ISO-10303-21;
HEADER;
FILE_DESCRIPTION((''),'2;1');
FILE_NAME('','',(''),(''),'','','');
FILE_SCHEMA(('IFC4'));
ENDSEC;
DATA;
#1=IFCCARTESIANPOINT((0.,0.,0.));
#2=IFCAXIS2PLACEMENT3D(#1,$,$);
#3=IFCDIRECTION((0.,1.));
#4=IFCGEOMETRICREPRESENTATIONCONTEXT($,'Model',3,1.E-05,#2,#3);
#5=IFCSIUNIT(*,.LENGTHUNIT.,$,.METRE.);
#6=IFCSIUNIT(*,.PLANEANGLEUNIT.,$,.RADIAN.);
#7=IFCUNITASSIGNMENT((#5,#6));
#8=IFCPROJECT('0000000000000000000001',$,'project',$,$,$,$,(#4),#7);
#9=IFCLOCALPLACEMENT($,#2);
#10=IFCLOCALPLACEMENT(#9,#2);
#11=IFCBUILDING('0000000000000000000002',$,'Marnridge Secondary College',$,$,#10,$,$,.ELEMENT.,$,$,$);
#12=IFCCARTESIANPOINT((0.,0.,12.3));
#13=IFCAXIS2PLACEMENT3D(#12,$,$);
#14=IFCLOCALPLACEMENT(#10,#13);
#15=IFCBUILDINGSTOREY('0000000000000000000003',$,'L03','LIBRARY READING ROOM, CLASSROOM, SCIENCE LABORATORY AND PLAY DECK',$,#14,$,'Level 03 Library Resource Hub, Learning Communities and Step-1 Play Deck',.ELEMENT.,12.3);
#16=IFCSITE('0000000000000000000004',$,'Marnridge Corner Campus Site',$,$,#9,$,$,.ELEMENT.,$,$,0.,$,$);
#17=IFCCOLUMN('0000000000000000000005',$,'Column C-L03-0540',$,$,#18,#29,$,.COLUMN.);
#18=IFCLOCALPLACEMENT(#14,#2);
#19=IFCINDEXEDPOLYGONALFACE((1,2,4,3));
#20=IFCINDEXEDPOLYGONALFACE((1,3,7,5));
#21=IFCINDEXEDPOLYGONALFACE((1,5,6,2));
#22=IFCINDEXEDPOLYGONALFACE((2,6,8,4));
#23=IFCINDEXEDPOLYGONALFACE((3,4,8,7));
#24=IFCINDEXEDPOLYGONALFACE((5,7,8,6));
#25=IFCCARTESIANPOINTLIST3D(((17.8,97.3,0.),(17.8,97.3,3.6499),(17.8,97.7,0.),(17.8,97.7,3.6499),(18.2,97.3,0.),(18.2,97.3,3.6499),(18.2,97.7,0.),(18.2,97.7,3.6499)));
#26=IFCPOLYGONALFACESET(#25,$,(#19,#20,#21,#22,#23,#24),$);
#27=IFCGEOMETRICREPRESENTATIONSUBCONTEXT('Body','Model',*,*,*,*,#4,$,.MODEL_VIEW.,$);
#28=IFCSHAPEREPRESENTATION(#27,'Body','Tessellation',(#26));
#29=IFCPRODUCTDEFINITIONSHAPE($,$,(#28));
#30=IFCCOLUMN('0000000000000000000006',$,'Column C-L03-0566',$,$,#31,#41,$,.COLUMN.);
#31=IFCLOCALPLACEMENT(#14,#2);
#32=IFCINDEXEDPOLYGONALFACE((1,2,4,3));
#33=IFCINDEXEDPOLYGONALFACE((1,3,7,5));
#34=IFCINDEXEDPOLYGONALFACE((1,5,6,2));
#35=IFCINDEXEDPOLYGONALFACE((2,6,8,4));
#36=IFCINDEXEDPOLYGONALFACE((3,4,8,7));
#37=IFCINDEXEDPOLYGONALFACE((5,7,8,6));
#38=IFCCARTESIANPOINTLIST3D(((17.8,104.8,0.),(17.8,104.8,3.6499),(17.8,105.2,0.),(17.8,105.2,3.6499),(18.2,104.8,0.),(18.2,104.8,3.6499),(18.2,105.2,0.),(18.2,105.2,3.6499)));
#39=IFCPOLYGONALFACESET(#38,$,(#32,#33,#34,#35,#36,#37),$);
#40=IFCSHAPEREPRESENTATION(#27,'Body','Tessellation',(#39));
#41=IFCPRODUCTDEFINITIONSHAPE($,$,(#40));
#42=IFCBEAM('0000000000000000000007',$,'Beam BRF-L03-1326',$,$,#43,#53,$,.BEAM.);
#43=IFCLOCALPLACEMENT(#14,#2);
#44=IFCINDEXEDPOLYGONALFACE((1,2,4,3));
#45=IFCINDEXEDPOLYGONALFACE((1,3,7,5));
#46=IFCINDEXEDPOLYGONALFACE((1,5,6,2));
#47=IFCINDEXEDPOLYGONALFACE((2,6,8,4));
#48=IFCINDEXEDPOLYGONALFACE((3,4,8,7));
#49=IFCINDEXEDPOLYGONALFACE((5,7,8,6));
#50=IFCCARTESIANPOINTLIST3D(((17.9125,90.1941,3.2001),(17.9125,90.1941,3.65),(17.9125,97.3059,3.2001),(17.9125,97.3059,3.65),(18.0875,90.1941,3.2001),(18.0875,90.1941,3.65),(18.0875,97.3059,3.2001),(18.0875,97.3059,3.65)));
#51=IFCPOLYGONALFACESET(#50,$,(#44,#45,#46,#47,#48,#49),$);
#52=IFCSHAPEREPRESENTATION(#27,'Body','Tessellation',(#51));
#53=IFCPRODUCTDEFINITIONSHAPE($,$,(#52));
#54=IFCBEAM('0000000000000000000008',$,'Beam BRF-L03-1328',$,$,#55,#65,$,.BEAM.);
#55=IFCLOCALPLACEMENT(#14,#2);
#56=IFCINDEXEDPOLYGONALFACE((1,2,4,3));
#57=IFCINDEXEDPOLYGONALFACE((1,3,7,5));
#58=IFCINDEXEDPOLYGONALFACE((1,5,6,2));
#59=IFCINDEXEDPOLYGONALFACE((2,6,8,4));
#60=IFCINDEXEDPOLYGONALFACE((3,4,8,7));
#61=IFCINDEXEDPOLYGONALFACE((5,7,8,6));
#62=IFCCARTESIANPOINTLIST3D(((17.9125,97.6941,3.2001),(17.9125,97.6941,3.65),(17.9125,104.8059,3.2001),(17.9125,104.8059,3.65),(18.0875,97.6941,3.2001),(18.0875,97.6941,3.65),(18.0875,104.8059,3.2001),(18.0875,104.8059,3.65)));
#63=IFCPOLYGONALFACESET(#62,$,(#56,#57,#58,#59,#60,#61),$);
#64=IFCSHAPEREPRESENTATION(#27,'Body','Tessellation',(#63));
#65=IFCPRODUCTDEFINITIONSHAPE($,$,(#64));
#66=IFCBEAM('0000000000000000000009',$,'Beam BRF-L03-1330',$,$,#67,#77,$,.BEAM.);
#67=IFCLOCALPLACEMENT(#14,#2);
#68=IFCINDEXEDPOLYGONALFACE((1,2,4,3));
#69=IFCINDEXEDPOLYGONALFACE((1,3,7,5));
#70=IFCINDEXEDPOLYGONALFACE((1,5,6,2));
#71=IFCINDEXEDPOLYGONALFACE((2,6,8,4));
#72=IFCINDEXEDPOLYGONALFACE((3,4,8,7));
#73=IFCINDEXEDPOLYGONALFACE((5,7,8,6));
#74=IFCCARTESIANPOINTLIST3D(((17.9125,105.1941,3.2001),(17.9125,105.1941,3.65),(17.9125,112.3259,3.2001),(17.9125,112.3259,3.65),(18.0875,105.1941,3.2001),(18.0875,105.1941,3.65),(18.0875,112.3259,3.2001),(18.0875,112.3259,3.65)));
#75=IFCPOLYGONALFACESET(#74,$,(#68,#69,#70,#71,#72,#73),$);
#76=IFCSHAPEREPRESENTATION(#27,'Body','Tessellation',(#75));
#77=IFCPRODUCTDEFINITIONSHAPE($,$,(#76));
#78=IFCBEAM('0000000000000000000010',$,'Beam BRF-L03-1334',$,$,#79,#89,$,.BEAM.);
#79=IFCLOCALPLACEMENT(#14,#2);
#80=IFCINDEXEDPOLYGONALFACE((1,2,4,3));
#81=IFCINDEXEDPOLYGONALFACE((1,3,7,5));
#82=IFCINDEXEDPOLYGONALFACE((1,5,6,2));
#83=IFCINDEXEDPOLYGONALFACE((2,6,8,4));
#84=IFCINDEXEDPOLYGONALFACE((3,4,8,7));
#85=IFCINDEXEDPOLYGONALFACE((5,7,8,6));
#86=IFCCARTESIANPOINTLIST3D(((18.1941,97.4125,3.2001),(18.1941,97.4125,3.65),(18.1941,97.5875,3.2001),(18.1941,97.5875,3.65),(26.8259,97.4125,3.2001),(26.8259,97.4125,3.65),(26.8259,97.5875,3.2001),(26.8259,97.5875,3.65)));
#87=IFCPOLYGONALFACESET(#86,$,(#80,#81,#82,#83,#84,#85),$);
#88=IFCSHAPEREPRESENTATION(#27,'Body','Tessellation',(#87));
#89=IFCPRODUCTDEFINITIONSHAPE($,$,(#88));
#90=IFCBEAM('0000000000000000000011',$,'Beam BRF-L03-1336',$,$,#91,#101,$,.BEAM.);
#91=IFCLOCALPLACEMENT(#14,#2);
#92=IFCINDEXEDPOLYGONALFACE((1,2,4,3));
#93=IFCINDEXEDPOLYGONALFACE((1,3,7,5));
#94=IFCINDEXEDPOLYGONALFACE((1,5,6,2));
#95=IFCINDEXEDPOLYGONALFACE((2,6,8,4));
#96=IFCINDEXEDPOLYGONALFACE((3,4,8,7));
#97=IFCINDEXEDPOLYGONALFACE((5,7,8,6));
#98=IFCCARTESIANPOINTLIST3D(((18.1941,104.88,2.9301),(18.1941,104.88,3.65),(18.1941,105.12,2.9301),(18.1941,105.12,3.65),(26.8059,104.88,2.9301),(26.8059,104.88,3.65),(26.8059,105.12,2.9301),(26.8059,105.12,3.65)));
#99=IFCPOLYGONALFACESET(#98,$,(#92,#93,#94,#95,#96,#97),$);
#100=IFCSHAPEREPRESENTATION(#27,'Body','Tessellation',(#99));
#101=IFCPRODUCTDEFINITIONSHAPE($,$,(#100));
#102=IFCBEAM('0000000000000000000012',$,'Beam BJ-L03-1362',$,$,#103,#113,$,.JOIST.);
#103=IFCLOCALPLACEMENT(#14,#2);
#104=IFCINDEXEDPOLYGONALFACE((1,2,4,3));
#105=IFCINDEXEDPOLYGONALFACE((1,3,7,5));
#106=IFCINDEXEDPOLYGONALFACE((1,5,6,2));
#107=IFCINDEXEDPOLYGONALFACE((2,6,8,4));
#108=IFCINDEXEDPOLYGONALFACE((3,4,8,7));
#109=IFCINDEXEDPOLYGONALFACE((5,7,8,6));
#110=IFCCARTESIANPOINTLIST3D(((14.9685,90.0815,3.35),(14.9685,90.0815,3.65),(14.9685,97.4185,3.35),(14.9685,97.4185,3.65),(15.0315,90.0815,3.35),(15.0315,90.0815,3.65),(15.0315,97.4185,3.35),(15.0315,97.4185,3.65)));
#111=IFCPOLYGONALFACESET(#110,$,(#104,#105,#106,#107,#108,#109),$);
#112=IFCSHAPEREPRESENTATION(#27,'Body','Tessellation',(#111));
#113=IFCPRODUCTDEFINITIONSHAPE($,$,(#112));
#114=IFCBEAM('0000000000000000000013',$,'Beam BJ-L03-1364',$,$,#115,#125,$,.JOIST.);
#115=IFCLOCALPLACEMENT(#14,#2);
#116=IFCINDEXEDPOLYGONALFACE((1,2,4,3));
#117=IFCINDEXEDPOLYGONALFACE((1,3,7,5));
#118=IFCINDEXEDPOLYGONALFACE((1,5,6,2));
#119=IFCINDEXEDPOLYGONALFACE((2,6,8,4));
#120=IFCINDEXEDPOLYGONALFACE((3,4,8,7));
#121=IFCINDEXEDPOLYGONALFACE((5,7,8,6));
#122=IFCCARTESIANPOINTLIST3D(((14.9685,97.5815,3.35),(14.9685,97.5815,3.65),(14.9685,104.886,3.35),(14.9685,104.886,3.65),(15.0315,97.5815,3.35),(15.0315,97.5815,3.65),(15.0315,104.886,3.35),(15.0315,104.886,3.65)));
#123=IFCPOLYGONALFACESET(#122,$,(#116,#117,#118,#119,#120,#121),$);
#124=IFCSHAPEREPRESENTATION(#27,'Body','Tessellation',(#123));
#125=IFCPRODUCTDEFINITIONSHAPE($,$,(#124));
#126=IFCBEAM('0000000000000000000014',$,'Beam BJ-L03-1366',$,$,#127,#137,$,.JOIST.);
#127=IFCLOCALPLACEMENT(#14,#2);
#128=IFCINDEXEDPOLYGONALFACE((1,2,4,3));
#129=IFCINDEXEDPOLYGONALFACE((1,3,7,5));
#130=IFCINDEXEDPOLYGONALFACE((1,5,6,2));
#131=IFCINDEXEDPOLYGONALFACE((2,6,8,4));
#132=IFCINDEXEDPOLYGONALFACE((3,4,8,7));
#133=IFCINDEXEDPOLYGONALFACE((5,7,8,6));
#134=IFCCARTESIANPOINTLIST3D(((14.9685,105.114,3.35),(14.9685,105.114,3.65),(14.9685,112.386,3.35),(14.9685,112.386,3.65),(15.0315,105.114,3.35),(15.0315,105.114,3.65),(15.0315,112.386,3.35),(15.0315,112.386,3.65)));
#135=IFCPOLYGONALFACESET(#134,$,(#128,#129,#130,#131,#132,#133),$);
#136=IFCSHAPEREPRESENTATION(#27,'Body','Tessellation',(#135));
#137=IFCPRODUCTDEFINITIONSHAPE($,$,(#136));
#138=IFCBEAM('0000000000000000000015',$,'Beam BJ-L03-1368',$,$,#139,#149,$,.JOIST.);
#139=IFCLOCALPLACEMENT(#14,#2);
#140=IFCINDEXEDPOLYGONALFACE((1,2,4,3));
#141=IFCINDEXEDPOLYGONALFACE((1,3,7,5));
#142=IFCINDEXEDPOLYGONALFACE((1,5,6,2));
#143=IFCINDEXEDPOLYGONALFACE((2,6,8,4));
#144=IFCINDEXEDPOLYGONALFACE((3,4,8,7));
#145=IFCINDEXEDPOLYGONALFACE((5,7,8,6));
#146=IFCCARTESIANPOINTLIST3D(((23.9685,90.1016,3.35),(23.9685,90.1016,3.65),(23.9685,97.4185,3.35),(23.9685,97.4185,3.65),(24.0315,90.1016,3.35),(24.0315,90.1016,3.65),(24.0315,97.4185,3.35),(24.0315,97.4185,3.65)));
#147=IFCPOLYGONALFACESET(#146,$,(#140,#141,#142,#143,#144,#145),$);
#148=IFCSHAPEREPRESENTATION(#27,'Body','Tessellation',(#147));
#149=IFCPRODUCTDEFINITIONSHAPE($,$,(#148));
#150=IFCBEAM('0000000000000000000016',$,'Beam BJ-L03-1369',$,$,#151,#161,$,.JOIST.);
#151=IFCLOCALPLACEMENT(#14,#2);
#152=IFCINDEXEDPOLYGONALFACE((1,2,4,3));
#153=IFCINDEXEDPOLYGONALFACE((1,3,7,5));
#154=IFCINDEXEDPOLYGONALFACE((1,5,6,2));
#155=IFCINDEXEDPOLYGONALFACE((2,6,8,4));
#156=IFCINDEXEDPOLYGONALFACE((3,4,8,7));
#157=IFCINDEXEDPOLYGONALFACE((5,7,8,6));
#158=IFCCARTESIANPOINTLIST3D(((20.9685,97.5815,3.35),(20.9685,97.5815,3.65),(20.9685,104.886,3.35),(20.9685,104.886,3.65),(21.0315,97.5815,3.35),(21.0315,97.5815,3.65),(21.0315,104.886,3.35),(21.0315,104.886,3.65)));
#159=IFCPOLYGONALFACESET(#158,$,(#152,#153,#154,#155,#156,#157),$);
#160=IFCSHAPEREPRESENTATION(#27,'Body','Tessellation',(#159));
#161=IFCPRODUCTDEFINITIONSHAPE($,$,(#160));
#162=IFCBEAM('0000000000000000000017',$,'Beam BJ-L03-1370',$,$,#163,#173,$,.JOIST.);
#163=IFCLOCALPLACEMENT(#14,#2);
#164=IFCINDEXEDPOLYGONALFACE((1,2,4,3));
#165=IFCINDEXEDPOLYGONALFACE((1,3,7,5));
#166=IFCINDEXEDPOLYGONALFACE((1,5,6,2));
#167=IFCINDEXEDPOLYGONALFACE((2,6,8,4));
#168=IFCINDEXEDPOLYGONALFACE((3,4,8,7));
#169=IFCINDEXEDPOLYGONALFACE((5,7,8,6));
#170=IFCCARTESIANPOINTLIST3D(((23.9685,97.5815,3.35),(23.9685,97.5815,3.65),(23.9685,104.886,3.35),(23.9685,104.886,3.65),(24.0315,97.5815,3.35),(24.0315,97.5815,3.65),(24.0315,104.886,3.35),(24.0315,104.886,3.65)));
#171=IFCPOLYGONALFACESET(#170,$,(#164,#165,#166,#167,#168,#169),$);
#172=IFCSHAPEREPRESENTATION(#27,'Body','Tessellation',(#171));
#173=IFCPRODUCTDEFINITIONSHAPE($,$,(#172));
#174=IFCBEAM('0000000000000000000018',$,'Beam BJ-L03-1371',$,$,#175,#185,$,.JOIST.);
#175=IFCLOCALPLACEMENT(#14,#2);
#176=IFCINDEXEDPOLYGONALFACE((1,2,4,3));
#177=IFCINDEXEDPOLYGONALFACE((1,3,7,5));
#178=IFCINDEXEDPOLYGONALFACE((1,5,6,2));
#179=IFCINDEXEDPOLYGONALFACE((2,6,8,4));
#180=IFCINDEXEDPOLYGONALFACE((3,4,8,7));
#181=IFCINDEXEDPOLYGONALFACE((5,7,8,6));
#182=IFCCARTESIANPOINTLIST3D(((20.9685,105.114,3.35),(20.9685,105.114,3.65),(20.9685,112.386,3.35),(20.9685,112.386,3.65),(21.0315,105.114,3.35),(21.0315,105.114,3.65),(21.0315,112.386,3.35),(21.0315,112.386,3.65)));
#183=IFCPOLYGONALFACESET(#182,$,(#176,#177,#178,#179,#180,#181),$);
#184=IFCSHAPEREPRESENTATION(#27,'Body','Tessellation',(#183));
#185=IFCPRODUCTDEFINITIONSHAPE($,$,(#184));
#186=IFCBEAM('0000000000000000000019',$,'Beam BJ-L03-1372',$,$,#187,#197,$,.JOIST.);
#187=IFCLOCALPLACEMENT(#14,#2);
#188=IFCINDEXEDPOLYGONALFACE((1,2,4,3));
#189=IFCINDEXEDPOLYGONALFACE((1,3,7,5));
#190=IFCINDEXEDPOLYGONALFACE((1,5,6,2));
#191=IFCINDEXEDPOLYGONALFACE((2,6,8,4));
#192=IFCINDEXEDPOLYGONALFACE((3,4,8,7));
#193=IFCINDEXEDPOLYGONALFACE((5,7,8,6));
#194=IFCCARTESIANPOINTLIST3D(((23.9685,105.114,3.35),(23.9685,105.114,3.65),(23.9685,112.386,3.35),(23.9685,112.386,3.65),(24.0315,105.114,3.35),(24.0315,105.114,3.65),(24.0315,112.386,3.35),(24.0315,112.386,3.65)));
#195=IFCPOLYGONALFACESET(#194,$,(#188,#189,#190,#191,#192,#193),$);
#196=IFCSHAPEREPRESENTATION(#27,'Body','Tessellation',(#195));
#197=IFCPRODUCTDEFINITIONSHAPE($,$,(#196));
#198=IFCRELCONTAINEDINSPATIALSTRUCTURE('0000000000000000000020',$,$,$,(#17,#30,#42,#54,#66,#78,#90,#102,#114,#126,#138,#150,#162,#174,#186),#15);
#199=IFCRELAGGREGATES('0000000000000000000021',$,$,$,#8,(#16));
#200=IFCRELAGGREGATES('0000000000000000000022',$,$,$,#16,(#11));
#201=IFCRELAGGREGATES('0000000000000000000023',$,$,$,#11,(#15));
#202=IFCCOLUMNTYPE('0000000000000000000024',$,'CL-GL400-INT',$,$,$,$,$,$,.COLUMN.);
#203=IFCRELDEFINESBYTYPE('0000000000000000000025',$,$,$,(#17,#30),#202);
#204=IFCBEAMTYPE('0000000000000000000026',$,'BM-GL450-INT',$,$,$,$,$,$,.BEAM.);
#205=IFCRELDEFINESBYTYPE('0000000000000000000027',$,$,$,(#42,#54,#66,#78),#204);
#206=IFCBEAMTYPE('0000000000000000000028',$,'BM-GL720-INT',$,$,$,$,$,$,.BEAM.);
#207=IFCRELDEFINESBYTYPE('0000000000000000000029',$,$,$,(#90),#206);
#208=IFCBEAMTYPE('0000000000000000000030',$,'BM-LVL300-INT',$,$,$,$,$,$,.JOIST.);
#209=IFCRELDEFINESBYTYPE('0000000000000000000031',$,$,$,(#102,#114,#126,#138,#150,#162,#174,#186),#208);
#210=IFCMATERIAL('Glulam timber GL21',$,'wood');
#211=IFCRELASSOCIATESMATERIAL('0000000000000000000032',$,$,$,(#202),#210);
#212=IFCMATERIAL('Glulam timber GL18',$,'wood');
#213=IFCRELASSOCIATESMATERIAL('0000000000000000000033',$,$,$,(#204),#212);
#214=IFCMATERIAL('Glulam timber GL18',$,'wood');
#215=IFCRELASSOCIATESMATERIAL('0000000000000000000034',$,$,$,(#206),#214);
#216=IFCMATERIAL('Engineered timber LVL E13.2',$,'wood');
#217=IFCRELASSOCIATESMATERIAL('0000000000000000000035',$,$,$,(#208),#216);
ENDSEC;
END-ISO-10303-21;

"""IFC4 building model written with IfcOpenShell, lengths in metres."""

from ifc_helpers import new_model, si_unit, direction, frame, origin, origin_2d, place, context, subcontext, project, spatial, rectangle, extrude, material, material_profile, profile_set, type_object, element, save


model = new_model("IFC4")

# Units and contexts
model_context = context("Model", 3, precision=1e-05, world=origin(), true_north=direction((0.0, 1.0)))
body_context = subcontext(model_context, "Body", "Model", "MODEL_VIEW")
ifc_project = project(units=[si_unit("LENGTHUNIT", "METRE"), si_unit("PLANEANGLEUNIT", "RADIAN")], contexts=[model_context])

# Site, building, storey
site_placement = place(None, origin())
site = spatial("IfcSite", under=ifc_project, at=site_placement, Name="Marnridge Corner Campus Site", CompositionType="ELEMENT", RefElevation=0.0)
building_placement = place(site_placement, origin())
building = spatial("IfcBuilding", under=site, at=building_placement, Name="Marnridge Secondary College", CompositionType="ELEMENT")
storey_placement = place(building_placement, frame((0.0, 0.0, 12.3)))
storey = spatial("IfcBuildingStorey", under=building, at=storey_placement, Name="L03", Description="LIBRARY READING ROOM, CLASSROOM, SCIENCE LABORATORY AND PLAY DECK", LongName="Level 03 Library Resource Hub, Learning Communities and Step-1 Play Deck", CompositionType="ELEMENT", Elevation=12.3)

# Columns
ifc_material_1 = material(Name="Glulam timber GL21", Category="wood")
ifc_material_profile_1 = material_profile(ifc_material_1, rectangle(XDim=0.3999, YDim=0.3999, at=origin_2d()), Name="GL21 400x400")
ifc_profile_set_1 = profile_set([ifc_material_profile_1], Name="Glulam timber GL21")
column_type = type_object("IfcColumnType", Name="CL-GL400-INT", PredefinedType="COLUMN", material=ifc_profile_set_1)
for number, where, z_axis, x_axis, name in (
    (1, (18.0, 97.5, 0.0), (0.0, 0.0, 1.0), (1.0, 0.0, 0.0), "Column C-L03-0540"),
    (2, (18.0, 105.0, 0.0), (0.0, 0.0, 1.0), (1.0, 0.0, 0.0), "Column C-L03-0566"),
):
    element("IfcColumn", number, at=place(storey_placement, frame(where, z_axis=z_axis, x_axis=x_axis)), inside=storey, type_object=column_type, Name=name, PredefinedType="COLUMN", context=body_context, shape_type="SweptSolid", body=[
        extrude(rectangle(XDim=0.3999, YDim=0.3999, at=origin_2d()), origin(), (0.0, 0.0, 1.0), 3.6499),
    ])

# Beams
ifc_material_2 = material(Name="Glulam timber GL18", Category="wood")
ifc_material_profile_2 = material_profile(ifc_material_2, rectangle(XDim=0.175, YDim=0.45, at=origin_2d()), Name="GL18 175x450")
ifc_profile_set_2 = profile_set([ifc_material_profile_2], Name="Glulam timber GL18")
beam_type_1 = type_object("IfcBeamType", Name="BM-GL450-INT", PredefinedType="BEAM", material=ifc_profile_set_2)
for number, where, z_axis, x_axis, name in (
    (3, (18.0, 90.1941, 3.425), (0.0, 1.0, 0.0), (-1.0, 0.0, 0.0), "Beam BRF-L03-1326"),
    (4, (18.0, 97.6941, 3.425), (0.0, 1.0, 0.0), (-1.0, 0.0, 0.0), "Beam BRF-L03-1328"),
):
    element("IfcBeam", number, at=place(storey_placement, frame(where, z_axis=z_axis, x_axis=x_axis)), inside=storey, type_object=beam_type_1, Name=name, PredefinedType="BEAM", context=body_context, shape_type="SweptSolid", body=[
        extrude(rectangle(XDim=0.175, YDim=0.45, at=origin_2d()), origin(), (0.0, 0.0, 1.0), 7.1118),
    ])
beam_1_placement = place(storey_placement, frame((18.0, 105.1941, 3.425), z_axis=(0.0, 1.0, 0.0), x_axis=(-1.0, 0.0, 0.0)))
element("IfcBeam", 5, at=beam_1_placement, inside=storey, type_object=beam_type_1, Name="Beam BRF-L03-1330", PredefinedType="BEAM", context=body_context, shape_type="SweptSolid", body=[
    extrude(rectangle(XDim=0.175, YDim=0.45, at=origin_2d()), origin(), (0.0, 0.0, 1.0), 7.1318),
])
beam_2_placement = place(storey_placement, frame((18.1941, 97.5, 3.425), z_axis=(1.0, 0.0, 0.0), x_axis=(0.0, 1.0, 0.0)))
element("IfcBeam", 6, at=beam_2_placement, inside=storey, type_object=beam_type_1, Name="Beam BRF-L03-1334", PredefinedType="BEAM", context=body_context, shape_type="SweptSolid", body=[
    extrude(rectangle(XDim=0.175, YDim=0.45, at=origin_2d()), origin(), (0.0, 0.0, 1.0), 8.6318),
])
ifc_material_3 = material(Name="Glulam timber GL18", Category="wood")
ifc_material_profile_3 = material_profile(ifc_material_3, rectangle(XDim=0.24, YDim=0.72, at=origin_2d()), Name="GL18 240x720")
ifc_profile_set_3 = profile_set([ifc_material_profile_3], Name="Glulam timber GL18")
beam_type_2 = type_object("IfcBeamType", Name="BM-GL720-INT", PredefinedType="BEAM", material=ifc_profile_set_3)
beam_3_placement = place(storey_placement, frame((18.1941, 105.0, 3.29), z_axis=(1.0, 0.0, 0.0), x_axis=(0.0, 1.0, 0.0)))
element("IfcBeam", 7, at=beam_3_placement, inside=storey, type_object=beam_type_2, Name="Beam BRF-L03-1336", PredefinedType="BEAM", context=body_context, shape_type="SweptSolid", body=[
    extrude(rectangle(XDim=0.24, YDim=0.72, at=origin_2d()), origin(), (0.0, 0.0, 1.0), 8.6118),
])
ifc_material_4 = material(Name="Engineered timber LVL E13.2", Category="wood")
ifc_material_profile_4 = material_profile(ifc_material_4, rectangle(XDim=0.063, YDim=0.3, at=origin_2d()), Name="LVL 63x300")
ifc_profile_set_4 = profile_set([ifc_material_profile_4], Name="Engineered timber LVL E13.2")
beam_type_3 = type_object("IfcBeamType", Name="BM-LVL300-INT", PredefinedType="JOIST", material=ifc_profile_set_4)
beam_4_placement = place(storey_placement, frame((15.0, 90.0815, 3.5), z_axis=(0.0, 1.0, 0.0), x_axis=(-1.0, 0.0, 0.0)))
element("IfcBeam", 8, at=beam_4_placement, inside=storey, type_object=beam_type_3, Name="Beam BJ-L03-1362", PredefinedType="JOIST", context=body_context, shape_type="SweptSolid", body=[
    extrude(rectangle(XDim=0.063, YDim=0.3, at=origin_2d()), origin(), (0.0, 0.0, 1.0), 7.3369),
])
beam_5_placement = place(storey_placement, frame((15.0, 97.5815, 3.5), z_axis=(0.0, 1.0, 0.0), x_axis=(-1.0, 0.0, 0.0)))
element("IfcBeam", 9, at=beam_5_placement, inside=storey, type_object=beam_type_3, Name="Beam BJ-L03-1364", PredefinedType="JOIST", context=body_context, shape_type="SweptSolid", body=[
    extrude(rectangle(XDim=0.063, YDim=0.3, at=origin_2d()), origin(), (0.0, 0.0, 1.0), 7.3044),
])
beam_6_placement = place(storey_placement, frame((15.0, 105.114, 3.5), z_axis=(0.0, 1.0, 0.0), x_axis=(-1.0, 0.0, 0.0)))
element("IfcBeam", 10, at=beam_6_placement, inside=storey, type_object=beam_type_3, Name="Beam BJ-L03-1366", PredefinedType="JOIST", context=body_context, shape_type="SweptSolid", body=[
    extrude(rectangle(XDim=0.063, YDim=0.3, at=origin_2d()), origin(), (0.0, 0.0, 1.0), 7.272),
])
beam_7_placement = place(storey_placement, frame((24.0, 90.1016, 3.5), z_axis=(0.0, 1.0, 0.0), x_axis=(-1.0, 0.0, 0.0)))
element("IfcBeam", 11, at=beam_7_placement, inside=storey, type_object=beam_type_3, Name="Beam BJ-L03-1368", PredefinedType="JOIST", context=body_context, shape_type="SweptSolid", body=[
    extrude(rectangle(XDim=0.063, YDim=0.3, at=origin_2d()), origin(), (0.0, 0.0, 1.0), 7.3169),
])
for number, where, z_axis, x_axis, name in (
    (12, (21.0, 97.5815, 3.5), (0.0, 1.0, 0.0), (-1.0, 0.0, 0.0), "Beam BJ-L03-1369"),
    (13, (24.0, 97.5815, 3.5), (0.0, 1.0, 0.0), (-1.0, 0.0, 0.0), "Beam BJ-L03-1370"),
):
    element("IfcBeam", number, at=place(storey_placement, frame(where, z_axis=z_axis, x_axis=x_axis)), inside=storey, type_object=beam_type_3, Name=name, PredefinedType="JOIST", context=body_context, shape_type="SweptSolid", body=[
        extrude(rectangle(XDim=0.063, YDim=0.3, at=origin_2d()), origin(), (0.0, 0.0, 1.0), 7.3044),
    ])
for number, where, z_axis, x_axis, name in (
    (14, (21.0, 105.114, 3.5), (0.0, 1.0, 0.0), (-1.0, 0.0, 0.0), "Beam BJ-L03-1371"),
    (15, (24.0, 105.114, 3.5), (0.0, 1.0, 0.0), (-1.0, 0.0, 0.0), "Beam BJ-L03-1372"),
):
    element("IfcBeam", number, at=place(storey_placement, frame(where, z_axis=z_axis, x_axis=x_axis)), inside=storey, type_object=beam_type_3, Name=name, PredefinedType="JOIST", context=body_context, shape_type="SweptSolid", body=[
        extrude(rectangle(XDim=0.063, YDim=0.3, at=origin_2d()), origin(), (0.0, 0.0, 1.0), 7.272),
    ])

save(model, "model.ifc")
